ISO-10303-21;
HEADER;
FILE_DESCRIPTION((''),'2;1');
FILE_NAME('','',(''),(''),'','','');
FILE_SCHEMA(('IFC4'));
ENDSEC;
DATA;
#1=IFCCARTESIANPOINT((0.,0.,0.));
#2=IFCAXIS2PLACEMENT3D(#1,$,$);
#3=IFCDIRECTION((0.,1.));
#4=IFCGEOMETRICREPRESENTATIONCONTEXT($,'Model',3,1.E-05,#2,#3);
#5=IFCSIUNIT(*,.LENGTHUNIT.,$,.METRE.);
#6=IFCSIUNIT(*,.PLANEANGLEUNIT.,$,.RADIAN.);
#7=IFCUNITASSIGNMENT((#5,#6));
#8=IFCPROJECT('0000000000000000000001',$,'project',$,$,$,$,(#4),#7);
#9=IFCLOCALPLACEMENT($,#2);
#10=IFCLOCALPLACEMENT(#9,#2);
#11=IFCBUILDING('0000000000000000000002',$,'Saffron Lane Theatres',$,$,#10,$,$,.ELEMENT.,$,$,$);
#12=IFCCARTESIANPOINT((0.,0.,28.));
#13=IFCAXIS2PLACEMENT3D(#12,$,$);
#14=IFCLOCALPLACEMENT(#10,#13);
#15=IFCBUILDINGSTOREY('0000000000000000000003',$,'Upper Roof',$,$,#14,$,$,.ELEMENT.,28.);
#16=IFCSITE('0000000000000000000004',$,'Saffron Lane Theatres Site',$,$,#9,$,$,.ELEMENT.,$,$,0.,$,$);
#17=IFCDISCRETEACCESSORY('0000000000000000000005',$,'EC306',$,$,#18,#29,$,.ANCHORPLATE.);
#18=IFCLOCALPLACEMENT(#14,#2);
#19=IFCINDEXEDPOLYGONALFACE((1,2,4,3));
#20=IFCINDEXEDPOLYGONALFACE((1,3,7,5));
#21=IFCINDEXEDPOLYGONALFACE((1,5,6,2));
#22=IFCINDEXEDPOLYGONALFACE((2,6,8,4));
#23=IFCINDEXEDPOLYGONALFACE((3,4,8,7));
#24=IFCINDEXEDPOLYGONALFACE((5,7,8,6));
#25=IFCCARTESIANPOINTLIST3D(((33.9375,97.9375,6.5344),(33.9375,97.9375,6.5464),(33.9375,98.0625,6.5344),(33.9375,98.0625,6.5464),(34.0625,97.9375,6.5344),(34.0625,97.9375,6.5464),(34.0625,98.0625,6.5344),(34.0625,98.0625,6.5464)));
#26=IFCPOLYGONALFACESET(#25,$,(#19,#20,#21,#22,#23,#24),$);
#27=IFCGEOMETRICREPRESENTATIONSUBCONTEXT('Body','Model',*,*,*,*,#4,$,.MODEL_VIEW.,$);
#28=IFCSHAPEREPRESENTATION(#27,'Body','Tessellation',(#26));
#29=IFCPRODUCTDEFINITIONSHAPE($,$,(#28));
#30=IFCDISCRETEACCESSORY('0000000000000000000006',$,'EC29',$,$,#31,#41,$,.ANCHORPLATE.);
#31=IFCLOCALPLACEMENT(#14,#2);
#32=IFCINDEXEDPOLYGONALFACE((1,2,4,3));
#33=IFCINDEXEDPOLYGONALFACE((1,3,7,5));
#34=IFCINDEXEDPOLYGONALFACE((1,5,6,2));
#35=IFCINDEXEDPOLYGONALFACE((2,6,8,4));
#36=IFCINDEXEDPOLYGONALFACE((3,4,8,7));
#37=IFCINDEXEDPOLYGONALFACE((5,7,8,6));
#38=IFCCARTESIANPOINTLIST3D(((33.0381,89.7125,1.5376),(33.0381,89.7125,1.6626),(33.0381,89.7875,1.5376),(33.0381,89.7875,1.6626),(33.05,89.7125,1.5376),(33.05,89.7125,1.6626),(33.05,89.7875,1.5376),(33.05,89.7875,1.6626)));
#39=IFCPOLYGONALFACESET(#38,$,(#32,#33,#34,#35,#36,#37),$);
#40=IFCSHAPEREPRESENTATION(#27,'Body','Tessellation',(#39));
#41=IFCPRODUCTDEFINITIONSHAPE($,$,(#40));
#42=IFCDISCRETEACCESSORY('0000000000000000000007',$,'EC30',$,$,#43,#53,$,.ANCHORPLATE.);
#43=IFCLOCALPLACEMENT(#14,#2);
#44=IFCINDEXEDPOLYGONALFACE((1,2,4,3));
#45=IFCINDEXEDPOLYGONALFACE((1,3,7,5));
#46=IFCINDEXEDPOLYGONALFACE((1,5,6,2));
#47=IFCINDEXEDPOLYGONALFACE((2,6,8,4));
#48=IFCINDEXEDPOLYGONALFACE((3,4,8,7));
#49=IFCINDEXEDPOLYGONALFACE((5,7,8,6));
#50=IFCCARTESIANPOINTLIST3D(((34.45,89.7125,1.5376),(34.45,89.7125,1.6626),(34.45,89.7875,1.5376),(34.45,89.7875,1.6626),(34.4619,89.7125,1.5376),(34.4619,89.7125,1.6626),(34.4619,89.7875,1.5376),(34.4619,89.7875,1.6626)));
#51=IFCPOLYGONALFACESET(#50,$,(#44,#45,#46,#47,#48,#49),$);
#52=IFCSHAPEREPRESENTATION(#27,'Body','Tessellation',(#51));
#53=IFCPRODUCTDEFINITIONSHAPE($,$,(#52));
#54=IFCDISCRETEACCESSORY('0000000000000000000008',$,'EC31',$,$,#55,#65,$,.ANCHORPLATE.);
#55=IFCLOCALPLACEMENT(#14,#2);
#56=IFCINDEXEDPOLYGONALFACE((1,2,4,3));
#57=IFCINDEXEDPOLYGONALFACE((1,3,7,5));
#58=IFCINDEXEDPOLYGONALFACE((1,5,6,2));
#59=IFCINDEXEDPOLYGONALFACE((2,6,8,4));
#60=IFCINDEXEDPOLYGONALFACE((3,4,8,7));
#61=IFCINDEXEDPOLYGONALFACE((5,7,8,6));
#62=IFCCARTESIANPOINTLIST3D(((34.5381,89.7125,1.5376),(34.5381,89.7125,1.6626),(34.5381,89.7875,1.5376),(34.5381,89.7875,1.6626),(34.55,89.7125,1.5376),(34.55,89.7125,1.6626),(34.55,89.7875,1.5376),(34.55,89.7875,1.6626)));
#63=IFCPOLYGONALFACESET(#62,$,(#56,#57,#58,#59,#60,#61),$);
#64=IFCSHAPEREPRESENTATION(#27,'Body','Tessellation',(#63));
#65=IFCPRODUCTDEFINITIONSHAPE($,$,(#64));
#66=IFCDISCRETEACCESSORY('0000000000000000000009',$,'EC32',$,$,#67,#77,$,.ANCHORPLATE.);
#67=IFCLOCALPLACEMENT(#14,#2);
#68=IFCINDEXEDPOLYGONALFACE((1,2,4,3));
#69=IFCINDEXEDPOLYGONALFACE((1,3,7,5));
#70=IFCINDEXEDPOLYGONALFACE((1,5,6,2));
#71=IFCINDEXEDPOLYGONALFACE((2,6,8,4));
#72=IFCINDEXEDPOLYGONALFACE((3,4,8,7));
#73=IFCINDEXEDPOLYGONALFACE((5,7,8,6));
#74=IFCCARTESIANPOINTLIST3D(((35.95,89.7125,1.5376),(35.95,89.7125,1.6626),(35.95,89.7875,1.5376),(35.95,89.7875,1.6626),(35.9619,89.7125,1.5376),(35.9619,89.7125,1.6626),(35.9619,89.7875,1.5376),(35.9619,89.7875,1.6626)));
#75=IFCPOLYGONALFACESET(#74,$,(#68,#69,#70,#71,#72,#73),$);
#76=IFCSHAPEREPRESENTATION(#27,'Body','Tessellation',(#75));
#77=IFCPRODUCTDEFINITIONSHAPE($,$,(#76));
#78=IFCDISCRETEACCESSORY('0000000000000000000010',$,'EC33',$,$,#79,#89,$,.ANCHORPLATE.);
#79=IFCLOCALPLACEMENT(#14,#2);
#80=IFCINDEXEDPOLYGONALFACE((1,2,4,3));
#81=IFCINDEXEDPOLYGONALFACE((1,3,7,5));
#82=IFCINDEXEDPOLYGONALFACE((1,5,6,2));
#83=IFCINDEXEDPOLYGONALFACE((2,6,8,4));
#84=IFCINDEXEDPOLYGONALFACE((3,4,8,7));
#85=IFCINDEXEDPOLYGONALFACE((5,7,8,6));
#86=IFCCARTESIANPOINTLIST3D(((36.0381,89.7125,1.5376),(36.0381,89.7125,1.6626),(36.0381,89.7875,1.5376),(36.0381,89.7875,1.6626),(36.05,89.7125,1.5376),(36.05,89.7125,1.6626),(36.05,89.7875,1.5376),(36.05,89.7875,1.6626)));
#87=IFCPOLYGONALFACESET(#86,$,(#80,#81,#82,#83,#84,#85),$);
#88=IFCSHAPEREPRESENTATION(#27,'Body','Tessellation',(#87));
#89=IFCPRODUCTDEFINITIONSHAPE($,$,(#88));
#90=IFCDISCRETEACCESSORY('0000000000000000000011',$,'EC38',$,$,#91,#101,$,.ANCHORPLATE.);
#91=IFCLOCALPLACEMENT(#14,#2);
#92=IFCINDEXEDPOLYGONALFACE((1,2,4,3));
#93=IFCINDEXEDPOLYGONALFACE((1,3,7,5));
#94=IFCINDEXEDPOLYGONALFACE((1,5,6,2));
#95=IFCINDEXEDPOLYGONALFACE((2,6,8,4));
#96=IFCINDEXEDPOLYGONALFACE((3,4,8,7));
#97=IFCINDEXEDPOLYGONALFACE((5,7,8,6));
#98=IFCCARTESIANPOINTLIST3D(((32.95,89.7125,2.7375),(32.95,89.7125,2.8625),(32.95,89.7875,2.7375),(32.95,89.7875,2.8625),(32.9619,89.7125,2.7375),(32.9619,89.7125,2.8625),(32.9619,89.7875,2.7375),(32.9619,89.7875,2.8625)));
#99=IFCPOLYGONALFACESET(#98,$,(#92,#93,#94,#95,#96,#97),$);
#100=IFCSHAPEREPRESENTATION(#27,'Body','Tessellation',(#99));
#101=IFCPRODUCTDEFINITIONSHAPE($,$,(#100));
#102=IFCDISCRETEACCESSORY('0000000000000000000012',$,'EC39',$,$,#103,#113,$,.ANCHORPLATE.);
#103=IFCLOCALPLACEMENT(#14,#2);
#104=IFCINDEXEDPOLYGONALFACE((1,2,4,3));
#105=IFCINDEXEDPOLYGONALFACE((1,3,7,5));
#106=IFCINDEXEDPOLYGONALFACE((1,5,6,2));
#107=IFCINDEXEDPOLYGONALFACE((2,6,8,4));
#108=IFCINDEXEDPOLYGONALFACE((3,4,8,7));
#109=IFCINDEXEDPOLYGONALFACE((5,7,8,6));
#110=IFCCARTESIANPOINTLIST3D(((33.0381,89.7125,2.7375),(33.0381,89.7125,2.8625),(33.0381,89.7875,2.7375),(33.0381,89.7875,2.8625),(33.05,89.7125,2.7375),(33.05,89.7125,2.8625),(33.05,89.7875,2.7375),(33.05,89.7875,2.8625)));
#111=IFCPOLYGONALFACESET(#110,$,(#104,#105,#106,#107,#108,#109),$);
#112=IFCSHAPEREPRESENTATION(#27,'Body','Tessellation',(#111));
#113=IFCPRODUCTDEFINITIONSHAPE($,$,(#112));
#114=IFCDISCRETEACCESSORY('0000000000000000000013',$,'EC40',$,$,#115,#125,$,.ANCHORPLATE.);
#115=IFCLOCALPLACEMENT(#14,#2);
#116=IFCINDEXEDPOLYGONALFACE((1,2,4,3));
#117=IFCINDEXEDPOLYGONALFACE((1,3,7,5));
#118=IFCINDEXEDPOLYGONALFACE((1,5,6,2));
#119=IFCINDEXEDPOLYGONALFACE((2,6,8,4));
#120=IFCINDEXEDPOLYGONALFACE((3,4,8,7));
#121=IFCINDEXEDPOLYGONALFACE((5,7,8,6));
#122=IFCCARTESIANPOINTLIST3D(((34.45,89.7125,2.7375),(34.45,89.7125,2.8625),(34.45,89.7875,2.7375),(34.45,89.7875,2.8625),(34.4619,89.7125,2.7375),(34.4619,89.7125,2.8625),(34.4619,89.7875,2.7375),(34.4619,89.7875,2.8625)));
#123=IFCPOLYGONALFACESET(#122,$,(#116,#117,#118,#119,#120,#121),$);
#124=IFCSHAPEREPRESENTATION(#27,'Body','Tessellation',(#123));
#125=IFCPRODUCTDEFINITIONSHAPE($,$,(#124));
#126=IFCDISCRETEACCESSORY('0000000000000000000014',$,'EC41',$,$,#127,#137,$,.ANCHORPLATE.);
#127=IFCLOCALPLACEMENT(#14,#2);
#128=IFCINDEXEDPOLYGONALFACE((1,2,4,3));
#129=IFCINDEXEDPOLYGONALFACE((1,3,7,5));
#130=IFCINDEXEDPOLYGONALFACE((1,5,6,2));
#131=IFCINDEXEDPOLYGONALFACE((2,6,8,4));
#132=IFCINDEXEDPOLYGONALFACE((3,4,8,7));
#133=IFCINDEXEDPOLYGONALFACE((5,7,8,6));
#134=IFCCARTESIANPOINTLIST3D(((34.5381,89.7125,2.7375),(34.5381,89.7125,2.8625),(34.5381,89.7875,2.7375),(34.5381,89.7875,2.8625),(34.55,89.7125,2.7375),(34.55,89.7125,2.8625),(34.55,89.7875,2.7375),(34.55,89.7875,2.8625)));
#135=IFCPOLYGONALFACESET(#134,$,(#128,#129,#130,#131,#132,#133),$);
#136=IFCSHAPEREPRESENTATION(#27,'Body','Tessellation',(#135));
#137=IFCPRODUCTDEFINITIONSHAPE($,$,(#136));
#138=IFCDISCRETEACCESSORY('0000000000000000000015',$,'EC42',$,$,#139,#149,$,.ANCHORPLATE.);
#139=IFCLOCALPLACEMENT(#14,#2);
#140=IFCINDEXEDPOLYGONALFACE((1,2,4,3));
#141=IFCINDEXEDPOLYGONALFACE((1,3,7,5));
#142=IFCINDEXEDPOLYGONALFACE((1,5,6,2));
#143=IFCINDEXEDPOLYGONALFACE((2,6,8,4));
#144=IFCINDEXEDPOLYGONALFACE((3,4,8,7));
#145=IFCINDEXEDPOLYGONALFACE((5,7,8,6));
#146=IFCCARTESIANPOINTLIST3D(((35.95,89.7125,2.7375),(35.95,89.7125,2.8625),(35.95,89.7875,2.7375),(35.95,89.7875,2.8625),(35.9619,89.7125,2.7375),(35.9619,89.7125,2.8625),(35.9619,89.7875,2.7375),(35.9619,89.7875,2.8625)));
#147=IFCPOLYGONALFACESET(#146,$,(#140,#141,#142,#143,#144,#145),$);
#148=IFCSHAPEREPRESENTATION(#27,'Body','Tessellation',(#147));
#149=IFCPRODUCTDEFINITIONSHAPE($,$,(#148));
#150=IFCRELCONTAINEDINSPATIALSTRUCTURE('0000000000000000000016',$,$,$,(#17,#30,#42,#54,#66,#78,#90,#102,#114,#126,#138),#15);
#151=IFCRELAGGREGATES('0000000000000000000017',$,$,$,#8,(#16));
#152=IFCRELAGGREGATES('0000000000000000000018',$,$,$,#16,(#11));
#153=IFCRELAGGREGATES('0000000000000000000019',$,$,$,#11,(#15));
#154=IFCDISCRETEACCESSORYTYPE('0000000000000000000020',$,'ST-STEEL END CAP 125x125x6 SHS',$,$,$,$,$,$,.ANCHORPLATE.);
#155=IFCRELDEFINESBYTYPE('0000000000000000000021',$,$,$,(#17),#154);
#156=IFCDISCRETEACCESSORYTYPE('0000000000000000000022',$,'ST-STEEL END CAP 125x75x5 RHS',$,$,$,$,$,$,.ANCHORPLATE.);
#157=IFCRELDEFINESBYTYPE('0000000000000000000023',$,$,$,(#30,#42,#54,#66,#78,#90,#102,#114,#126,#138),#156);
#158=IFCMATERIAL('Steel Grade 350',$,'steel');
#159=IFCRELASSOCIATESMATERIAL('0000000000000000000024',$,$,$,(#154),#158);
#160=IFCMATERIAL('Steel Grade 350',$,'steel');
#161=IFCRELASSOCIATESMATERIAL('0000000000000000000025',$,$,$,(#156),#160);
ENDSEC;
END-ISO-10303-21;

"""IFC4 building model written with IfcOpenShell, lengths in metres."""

from ifc_helpers import new_model, si_unit, direction, frame, origin, origin_2d, place, context, subcontext, project, spatial, rectangle, extrude, material, material_profile, profile_set, type_object, element, save


model = new_model("IFC4")

# Units and contexts
model_context = context("Model", 3, precision=1e-05, world=origin(), true_north=direction((0.0, 1.0)))
body_context = subcontext(model_context, "Body", "Model", "MODEL_VIEW")
ifc_project = project(units=[si_unit("LENGTHUNIT", "METRE"), si_unit("PLANEANGLEUNIT", "RADIAN")], contexts=[model_context])

# Site, building, storey
site_placement = place(None, origin())
site = spatial("IfcSite", under=ifc_project, at=site_placement, Name="Saffron Lane Theatres Site", CompositionType="ELEMENT", RefElevation=0.0)
building_placement = place(site_placement, origin())
building = spatial("IfcBuilding", under=site, at=building_placement, Name="Saffron Lane Theatres", CompositionType="ELEMENT")
storey_placement = place(building_placement, frame((0.0, 0.0, 28.0)))
storey = spatial("IfcBuildingStorey", under=building, at=storey_placement, Name="Upper Roof", CompositionType="ELEMENT", Elevation=28.0)

# Discrete accessories
ifc_material_1 = material(Name="Steel Grade 350", Category="steel")
ifc_material_profile_1 = material_profile(ifc_material_1, rectangle(XDim=0.125, YDim=0.125, at=origin_2d()))
ifc_profile_set_1 = profile_set([ifc_material_profile_1], Name="Steel Grade 350")
discrete_accessory_type_1 = type_object("IfcDiscreteAccessoryType", Name="ST-STEEL END CAP 125x125x6 SHS", PredefinedType="ANCHORPLATE", material=ifc_profile_set_1)
for number, where, z_axis, x_axis, name in (
    (1, (34.0, 98.0, 6.5344), (0.0, 0.0, 1.0), (1.0, 0.0, 0.0), "EC306"),
):
    element("IfcDiscreteAccessory", number, at=place(storey_placement, frame(where, z_axis=z_axis, x_axis=x_axis)), inside=storey, type_object=discrete_accessory_type_1, Name=name, PredefinedType="ANCHORPLATE", context=body_context, shape_type="SweptSolid", body=[
        extrude(rectangle(XDim=0.125, YDim=0.125, at=origin_2d()), origin(), (0.0, 0.0, 1.0), 0.012),
    ])
ifc_material_2 = material(Name="Steel Grade 350", Category="steel")
ifc_material_profile_2 = material_profile(ifc_material_2, rectangle(XDim=0.075, YDim=0.125, at=origin_2d()))
ifc_profile_set_2 = profile_set([ifc_material_profile_2], Name="Steel Grade 350")
discrete_accessory_type_2 = type_object("IfcDiscreteAccessoryType", Name="ST-STEEL END CAP 125x75x5 RHS", PredefinedType="ANCHORPLATE", material=ifc_profile_set_2)
for number, where, z_axis, x_axis, name in (
    (2, (33.0381, 89.75, 1.6001), (1.0, 0.0, 0.0), (0.0, 1.0, 0.0), "EC29"),
    (3, (34.45, 89.75, 1.6001), (1.0, 0.0, 0.0), (0.0, 1.0, 0.0), "EC30"),
    (4, (34.5381, 89.75, 1.6001), (1.0, 0.0, 0.0), (0.0, 1.0, 0.0), "EC31"),
    (5, (35.95, 89.75, 1.6001), (1.0, 0.0, 0.0), (0.0, 1.0, 0.0), "EC32"),
    (6, (36.0381, 89.75, 1.6001), (1.0, 0.0, 0.0), (0.0, 1.0, 0.0), "EC33"),
    (7, (32.95, 89.75, 2.8), (1.0, 0.0, 0.0), (0.0, 1.0, 0.0), "EC38"),
    (8, (33.0381, 89.75, 2.8), (1.0, 0.0, 0.0), (0.0, 1.0, 0.0), "EC39"),
    (9, (34.45, 89.75, 2.8), (1.0, 0.0, 0.0), (0.0, 1.0, 0.0), "EC40"),
    (10, (34.5381, 89.75, 2.8), (1.0, 0.0, 0.0), (0.0, 1.0, 0.0), "EC41"),
    (11, (35.95, 89.75, 2.8), (1.0, 0.0, 0.0), (0.0, 1.0, 0.0), "EC42"),
):
    element("IfcDiscreteAccessory", number, at=place(storey_placement, frame(where, z_axis=z_axis, x_axis=x_axis)), inside=storey, type_object=discrete_accessory_type_2, Name=name, PredefinedType="ANCHORPLATE", context=body_context, shape_type="SweptSolid", body=[
        extrude(rectangle(XDim=0.075, YDim=0.125, at=origin_2d()), origin(), (0.0, 0.0, 1.0), 0.012),
    ])

save(model, "model.ifc")
